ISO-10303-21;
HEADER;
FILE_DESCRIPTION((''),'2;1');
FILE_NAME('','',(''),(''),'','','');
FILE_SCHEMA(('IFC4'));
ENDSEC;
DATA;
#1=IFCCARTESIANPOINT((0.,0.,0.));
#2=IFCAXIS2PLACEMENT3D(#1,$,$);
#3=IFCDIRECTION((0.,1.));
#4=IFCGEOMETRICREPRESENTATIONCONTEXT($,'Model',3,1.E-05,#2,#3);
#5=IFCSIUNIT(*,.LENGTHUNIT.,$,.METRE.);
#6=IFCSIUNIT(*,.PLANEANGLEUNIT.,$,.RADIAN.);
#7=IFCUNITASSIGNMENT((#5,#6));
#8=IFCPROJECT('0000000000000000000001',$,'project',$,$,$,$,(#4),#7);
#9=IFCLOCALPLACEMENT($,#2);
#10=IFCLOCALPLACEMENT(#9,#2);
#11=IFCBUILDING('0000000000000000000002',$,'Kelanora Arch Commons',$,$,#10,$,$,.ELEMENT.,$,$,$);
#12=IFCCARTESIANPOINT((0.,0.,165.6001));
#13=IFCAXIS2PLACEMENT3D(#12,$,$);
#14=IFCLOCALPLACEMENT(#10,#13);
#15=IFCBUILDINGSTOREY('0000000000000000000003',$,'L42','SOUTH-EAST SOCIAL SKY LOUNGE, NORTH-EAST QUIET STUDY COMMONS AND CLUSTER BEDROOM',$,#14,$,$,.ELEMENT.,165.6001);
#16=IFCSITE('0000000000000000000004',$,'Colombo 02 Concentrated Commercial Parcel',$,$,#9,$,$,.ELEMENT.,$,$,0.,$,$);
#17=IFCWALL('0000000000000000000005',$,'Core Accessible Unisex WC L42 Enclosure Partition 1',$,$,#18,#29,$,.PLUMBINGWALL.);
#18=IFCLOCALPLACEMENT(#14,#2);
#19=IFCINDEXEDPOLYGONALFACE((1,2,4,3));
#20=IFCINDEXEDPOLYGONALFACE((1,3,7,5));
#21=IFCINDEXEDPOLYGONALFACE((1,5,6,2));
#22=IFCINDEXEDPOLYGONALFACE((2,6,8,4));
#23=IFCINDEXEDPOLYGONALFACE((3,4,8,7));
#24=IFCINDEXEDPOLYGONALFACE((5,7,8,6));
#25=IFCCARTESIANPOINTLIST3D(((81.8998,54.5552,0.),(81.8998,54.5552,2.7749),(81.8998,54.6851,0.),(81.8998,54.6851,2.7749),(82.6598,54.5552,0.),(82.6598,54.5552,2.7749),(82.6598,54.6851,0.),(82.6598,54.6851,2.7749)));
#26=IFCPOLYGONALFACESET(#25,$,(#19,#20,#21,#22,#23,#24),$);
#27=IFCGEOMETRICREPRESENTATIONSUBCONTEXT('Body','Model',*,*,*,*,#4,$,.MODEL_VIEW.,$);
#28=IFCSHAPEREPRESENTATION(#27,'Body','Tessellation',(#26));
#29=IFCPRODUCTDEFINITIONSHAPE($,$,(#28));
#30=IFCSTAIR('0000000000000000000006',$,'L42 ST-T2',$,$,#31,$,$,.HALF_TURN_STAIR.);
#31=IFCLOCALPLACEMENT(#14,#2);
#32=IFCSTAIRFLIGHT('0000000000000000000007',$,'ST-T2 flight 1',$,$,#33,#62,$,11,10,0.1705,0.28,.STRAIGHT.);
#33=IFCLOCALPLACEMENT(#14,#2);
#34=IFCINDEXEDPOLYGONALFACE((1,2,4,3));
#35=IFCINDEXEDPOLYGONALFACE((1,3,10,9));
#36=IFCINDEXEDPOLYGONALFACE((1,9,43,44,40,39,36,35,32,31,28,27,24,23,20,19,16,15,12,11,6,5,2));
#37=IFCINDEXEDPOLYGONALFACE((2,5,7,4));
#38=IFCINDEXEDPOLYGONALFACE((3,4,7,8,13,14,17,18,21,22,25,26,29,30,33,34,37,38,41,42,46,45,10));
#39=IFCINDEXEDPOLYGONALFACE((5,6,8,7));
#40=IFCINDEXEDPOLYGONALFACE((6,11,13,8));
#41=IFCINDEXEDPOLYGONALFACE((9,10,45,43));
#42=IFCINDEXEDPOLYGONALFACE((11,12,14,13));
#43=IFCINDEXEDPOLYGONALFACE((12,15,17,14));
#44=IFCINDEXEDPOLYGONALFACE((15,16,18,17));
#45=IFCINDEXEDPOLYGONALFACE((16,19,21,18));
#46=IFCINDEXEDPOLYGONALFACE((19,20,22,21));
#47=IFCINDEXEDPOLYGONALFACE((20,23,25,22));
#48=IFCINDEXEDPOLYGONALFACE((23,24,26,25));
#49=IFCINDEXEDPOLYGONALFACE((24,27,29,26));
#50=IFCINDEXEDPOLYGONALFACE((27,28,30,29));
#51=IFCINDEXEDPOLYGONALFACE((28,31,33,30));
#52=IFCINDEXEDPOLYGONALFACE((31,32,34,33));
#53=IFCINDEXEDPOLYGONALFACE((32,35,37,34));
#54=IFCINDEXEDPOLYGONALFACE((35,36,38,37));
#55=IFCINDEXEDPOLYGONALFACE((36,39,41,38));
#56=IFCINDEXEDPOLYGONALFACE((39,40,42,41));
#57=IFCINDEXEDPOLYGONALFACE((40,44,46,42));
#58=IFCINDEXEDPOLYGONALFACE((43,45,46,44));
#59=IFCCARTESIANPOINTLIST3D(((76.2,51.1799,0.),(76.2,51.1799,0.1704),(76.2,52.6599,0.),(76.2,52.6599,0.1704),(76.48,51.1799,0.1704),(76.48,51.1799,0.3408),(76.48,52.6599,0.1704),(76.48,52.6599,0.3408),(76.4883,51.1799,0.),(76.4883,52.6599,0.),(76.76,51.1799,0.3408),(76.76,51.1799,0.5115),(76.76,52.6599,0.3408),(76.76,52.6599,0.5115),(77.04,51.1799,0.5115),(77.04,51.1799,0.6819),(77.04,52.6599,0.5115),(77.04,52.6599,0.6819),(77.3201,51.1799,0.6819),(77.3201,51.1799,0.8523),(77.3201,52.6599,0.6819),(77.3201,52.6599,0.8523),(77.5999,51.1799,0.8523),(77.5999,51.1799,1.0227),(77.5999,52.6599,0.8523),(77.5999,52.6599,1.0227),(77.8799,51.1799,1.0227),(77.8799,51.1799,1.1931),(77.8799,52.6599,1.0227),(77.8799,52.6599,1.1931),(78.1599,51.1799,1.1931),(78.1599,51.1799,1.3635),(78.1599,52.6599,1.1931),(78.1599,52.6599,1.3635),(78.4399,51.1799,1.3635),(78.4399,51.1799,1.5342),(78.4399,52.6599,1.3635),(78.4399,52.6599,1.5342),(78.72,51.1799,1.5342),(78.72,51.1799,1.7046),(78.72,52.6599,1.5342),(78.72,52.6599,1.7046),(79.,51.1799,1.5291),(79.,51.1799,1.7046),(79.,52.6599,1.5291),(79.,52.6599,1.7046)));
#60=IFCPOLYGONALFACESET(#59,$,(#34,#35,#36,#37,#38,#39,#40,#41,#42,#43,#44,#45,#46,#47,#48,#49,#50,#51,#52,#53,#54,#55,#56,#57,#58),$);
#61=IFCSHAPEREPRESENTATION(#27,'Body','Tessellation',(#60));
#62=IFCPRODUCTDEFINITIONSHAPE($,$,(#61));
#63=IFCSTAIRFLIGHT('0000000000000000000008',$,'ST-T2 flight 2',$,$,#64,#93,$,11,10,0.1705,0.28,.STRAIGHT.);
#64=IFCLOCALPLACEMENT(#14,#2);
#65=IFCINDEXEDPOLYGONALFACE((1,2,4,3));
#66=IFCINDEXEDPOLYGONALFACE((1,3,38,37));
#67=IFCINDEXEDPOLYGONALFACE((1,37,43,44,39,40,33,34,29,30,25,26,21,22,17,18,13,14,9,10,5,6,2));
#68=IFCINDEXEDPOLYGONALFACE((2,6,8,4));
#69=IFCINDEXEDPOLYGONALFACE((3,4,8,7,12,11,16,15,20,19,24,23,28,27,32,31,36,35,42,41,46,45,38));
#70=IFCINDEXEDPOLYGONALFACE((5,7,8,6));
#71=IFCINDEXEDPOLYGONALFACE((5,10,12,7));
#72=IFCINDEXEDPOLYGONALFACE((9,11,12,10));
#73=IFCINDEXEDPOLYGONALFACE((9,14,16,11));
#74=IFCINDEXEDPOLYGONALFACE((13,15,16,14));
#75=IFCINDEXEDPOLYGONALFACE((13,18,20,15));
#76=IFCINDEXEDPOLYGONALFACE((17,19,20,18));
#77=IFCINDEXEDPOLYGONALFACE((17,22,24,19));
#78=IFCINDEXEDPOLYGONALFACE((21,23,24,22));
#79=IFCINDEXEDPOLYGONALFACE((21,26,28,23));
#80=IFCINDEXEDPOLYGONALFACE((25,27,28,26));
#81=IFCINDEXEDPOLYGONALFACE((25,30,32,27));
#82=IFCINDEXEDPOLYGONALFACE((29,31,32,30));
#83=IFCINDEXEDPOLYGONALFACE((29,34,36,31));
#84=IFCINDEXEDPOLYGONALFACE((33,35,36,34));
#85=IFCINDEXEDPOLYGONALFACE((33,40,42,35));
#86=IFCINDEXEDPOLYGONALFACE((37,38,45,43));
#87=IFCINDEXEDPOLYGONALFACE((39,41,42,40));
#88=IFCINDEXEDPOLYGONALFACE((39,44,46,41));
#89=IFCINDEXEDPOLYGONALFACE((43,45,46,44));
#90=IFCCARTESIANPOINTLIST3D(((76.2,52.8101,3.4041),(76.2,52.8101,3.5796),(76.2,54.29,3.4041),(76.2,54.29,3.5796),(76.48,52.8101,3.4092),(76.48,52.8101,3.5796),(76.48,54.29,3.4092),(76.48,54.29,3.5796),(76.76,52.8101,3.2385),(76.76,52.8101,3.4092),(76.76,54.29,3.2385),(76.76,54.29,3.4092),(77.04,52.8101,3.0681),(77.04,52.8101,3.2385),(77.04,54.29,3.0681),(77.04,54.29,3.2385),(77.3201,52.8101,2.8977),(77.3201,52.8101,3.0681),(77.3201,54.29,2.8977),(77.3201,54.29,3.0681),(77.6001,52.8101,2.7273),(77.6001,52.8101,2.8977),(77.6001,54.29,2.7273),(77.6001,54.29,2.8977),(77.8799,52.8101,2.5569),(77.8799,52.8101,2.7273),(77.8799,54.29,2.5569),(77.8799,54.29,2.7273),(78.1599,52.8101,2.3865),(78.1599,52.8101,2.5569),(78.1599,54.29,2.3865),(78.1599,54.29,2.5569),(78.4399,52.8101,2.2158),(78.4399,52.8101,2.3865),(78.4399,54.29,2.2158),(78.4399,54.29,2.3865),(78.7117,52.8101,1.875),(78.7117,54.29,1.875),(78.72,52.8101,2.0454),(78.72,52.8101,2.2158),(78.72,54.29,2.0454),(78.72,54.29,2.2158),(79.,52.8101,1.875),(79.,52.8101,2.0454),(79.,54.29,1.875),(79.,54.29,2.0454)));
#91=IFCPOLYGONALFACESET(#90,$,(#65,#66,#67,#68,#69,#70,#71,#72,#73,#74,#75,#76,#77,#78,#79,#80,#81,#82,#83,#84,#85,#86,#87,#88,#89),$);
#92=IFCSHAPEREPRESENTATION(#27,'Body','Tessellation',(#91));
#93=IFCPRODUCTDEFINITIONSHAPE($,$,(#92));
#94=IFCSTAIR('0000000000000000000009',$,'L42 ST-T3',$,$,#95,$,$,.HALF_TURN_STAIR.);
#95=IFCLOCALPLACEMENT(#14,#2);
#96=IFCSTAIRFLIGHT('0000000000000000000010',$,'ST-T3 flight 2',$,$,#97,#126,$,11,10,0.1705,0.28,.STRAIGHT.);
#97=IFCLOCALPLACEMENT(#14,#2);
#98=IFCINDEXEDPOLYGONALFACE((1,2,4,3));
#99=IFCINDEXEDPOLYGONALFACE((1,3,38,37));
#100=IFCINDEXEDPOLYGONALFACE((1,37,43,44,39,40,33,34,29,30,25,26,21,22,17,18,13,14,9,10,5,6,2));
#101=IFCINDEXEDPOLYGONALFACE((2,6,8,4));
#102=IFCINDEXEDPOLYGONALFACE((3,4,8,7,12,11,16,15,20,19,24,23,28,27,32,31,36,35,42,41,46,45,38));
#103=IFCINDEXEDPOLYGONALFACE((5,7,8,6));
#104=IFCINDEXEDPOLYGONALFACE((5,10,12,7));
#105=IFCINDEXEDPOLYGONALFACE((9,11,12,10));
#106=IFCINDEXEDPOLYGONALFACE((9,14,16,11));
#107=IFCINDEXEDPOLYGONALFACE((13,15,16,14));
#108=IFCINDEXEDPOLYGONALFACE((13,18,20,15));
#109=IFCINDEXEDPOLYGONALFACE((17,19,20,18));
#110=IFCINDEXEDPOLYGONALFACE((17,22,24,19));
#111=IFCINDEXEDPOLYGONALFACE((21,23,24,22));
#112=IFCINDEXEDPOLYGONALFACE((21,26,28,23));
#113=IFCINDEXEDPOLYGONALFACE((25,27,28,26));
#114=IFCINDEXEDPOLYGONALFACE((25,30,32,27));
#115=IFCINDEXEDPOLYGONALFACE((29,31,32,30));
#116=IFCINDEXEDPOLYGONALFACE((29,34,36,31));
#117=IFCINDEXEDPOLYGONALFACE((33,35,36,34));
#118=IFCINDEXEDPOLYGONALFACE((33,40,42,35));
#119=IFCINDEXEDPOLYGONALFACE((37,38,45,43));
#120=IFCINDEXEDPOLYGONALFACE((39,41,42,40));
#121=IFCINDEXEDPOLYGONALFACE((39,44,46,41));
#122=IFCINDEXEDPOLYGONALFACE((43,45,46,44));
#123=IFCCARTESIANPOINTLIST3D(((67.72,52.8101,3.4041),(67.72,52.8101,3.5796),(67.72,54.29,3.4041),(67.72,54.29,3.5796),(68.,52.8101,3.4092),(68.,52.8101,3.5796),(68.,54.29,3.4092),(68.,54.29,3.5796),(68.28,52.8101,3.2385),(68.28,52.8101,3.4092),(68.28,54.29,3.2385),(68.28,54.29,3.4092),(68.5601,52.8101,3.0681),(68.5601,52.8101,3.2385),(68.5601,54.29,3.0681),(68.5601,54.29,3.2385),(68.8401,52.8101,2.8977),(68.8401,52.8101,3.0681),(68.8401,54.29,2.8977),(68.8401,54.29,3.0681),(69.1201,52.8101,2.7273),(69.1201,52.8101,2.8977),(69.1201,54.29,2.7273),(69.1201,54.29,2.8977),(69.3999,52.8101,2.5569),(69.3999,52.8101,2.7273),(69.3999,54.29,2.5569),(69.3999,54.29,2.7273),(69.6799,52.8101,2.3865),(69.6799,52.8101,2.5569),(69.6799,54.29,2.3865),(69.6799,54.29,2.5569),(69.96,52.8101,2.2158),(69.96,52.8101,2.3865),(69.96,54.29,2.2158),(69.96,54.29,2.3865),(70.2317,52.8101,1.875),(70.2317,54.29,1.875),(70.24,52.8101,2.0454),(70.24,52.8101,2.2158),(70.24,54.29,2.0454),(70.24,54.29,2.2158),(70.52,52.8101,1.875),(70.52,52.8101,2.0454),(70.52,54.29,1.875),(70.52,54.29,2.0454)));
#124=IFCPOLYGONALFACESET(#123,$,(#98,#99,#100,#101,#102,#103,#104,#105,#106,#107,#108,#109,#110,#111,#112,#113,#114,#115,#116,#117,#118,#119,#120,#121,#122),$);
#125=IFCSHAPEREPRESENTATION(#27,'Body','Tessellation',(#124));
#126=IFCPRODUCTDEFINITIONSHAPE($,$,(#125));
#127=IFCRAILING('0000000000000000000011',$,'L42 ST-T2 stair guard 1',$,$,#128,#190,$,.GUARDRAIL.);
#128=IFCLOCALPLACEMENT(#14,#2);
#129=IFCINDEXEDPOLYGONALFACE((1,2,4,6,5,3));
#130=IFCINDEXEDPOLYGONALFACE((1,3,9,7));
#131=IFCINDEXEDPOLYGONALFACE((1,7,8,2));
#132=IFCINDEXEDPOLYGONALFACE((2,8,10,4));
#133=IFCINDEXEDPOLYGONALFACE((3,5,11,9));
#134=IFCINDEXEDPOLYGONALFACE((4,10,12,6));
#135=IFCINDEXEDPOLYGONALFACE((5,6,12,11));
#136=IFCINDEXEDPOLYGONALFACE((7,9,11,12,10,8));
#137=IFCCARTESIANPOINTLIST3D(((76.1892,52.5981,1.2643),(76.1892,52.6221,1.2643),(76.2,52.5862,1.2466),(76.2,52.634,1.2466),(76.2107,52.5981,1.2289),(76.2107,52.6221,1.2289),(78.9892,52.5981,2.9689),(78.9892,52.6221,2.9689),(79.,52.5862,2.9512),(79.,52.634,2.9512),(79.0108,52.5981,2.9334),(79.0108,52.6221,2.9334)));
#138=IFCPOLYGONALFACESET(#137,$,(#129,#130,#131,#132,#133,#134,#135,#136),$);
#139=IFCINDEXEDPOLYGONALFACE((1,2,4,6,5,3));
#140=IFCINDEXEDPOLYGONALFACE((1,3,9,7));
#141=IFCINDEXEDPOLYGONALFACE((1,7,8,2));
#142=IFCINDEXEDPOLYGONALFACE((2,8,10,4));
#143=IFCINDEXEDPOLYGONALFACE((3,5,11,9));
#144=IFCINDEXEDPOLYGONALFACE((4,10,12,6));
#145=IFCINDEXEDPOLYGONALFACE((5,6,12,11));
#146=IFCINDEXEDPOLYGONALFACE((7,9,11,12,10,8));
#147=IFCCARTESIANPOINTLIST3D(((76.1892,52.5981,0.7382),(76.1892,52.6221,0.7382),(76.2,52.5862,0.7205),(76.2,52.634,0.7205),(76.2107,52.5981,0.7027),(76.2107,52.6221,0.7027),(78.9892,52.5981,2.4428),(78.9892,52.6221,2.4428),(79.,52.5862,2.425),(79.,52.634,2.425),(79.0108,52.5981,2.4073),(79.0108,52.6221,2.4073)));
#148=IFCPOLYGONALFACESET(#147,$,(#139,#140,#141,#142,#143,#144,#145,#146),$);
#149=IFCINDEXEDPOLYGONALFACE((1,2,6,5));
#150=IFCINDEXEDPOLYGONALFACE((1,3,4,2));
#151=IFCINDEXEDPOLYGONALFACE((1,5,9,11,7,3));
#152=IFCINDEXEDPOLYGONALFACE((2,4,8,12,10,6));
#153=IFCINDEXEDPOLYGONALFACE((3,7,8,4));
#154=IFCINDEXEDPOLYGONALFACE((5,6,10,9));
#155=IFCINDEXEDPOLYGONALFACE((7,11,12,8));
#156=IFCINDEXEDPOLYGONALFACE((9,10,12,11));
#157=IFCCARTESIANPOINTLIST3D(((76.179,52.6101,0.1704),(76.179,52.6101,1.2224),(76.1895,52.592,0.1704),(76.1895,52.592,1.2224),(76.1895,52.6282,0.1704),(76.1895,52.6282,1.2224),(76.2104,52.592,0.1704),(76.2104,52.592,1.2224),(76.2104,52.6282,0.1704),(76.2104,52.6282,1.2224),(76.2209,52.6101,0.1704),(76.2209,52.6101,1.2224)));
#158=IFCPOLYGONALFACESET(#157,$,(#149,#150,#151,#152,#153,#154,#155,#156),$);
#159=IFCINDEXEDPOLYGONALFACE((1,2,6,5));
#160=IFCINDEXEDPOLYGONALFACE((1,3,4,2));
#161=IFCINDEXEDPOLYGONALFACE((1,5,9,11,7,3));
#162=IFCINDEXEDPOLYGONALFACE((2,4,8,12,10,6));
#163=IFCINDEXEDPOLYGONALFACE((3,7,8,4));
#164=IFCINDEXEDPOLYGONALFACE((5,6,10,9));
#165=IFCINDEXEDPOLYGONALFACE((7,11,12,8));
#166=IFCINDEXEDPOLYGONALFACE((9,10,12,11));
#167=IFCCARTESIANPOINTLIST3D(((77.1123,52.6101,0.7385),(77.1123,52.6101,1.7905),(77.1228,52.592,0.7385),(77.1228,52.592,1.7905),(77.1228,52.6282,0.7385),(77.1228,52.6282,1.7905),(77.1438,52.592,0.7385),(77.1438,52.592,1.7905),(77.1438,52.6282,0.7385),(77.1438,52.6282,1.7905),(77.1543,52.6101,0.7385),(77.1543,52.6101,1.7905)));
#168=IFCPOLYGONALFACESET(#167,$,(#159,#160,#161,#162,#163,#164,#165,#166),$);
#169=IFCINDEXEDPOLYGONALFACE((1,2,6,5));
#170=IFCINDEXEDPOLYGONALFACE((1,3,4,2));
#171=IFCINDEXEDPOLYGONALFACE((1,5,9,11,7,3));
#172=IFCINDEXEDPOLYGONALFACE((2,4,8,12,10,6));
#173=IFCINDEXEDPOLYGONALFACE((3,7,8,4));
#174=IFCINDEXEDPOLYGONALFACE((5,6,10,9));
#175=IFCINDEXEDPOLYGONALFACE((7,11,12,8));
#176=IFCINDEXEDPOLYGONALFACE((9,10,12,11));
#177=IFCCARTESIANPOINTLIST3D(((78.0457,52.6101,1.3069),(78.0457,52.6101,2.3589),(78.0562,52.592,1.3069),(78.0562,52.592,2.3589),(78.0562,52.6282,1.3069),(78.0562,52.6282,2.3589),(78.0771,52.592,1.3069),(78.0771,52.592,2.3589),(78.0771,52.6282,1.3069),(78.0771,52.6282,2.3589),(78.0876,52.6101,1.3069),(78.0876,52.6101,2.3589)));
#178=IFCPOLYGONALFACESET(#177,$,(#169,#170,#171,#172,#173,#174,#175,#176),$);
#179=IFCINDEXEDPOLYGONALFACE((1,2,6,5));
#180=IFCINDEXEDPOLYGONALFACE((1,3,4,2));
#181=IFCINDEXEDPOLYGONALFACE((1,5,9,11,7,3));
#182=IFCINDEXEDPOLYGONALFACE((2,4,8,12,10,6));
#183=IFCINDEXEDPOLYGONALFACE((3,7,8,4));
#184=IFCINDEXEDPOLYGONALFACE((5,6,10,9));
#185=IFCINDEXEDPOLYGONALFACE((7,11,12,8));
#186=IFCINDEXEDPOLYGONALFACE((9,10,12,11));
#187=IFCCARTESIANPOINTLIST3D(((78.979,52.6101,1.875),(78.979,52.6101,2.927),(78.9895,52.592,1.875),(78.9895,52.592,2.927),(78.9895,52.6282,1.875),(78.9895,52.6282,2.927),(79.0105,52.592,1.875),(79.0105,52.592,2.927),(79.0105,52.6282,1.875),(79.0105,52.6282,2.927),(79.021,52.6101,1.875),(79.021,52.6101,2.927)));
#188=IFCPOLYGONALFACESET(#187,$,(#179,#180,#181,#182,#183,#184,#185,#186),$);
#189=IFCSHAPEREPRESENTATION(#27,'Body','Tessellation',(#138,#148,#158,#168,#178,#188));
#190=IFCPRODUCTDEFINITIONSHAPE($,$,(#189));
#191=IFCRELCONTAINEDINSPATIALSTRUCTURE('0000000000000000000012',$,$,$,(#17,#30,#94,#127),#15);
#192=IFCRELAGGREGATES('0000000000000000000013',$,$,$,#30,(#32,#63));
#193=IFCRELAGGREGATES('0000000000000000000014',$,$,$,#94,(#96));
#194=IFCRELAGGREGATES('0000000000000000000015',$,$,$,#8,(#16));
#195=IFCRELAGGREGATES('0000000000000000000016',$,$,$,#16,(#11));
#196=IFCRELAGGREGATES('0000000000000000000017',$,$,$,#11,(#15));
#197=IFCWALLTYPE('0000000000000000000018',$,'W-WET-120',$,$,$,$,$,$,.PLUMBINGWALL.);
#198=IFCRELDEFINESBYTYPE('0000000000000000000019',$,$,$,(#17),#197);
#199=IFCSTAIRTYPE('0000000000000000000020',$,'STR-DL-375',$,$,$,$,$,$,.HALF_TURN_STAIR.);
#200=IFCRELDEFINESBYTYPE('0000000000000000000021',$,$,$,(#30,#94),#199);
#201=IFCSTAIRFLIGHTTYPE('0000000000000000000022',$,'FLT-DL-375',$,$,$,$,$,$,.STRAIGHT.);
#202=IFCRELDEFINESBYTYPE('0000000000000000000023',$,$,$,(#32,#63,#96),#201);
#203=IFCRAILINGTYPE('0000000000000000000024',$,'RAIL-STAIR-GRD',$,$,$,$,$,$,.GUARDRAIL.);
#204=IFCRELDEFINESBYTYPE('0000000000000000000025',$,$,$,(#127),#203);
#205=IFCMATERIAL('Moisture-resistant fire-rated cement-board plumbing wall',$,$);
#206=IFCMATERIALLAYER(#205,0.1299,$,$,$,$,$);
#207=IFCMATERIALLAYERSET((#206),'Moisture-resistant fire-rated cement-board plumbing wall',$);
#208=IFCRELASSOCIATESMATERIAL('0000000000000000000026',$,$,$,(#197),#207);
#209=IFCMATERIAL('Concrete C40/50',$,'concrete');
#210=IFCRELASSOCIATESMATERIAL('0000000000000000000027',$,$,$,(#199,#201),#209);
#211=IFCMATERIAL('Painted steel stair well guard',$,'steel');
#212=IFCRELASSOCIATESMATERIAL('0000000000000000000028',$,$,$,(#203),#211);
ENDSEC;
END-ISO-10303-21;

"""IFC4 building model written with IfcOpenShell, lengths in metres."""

from ifc_helpers import new_model, si_unit, direction, frame, frame_2d, origin, place, context, subcontext, project, spatial, polyline, rectangle, outline, extrude, material, layer, layer_set, type_object, element, aggregate, save


model = new_model("IFC4")

# Units and contexts
model_context = context("Model", 3, precision=1e-05, world=origin(), true_north=direction((0.0, 1.0)))
body_context = subcontext(model_context, "Body", "Model", "MODEL_VIEW")
ifc_project = project(units=[si_unit("LENGTHUNIT", "METRE"), si_unit("PLANEANGLEUNIT", "RADIAN")], contexts=[model_context])

# Site, building, storey
site_placement = place(None, origin())
site = spatial("IfcSite", under=ifc_project, at=site_placement, Name="Colombo 02 Concentrated Commercial Parcel", CompositionType="ELEMENT", RefElevation=0.0)
building_placement = place(site_placement, origin())
building = spatial("IfcBuilding", under=site, at=building_placement, Name="Kelanora Arch Commons", CompositionType="ELEMENT")
storey_placement = place(building_placement, frame((0.0, 0.0, 165.6001)))
storey = spatial("IfcBuildingStorey", under=building, at=storey_placement, Name="L42", Description="SOUTH-EAST SOCIAL SKY LOUNGE, NORTH-EAST QUIET STUDY COMMONS AND CLUSTER BEDROOM", CompositionType="ELEMENT", Elevation=165.6001)

# Shared definitions
ifc_material_1 = material(Name="Concrete C40/50", Category="concrete")

# Wall
ifc_material_2 = material(Name="Moisture-resistant fire-rated cement-board plumbing wall")
ifc_layer_1 = layer(ifc_material_2, 0.1299)
ifc_layer_set_1 = layer_set([ifc_layer_1], Name="Moisture-resistant fire-rated cement-board plumbing wall")
wall_type_1 = type_object("IfcWallType", Name="W-WET-120", PredefinedType="PLUMBINGWALL", material=ifc_layer_set_1)
wall_1_placement = place(storey_placement, frame((81.8999, 54.6201, 0.0), z_axis=(0.0, 0.0, 1.0), x_axis=(1.0, 0.0, 0.0)))
element("IfcWall", 1, at=wall_1_placement, inside=storey, type_object=wall_type_1, Name="Core Accessible Unisex WC L42 Enclosure Partition 1", PredefinedType="PLUMBINGWALL", context=body_context, shape_type="SweptSolid", body=[
    extrude(rectangle(XDim=0.76, YDim=0.1299, at=frame_2d((0.3799, 0.0))), origin(), (0.0, 0.0, 1.0), 2.7749),
])

# Stair, stair flights
stair_type = type_object("IfcStairType", Name="STR-DL-375", PredefinedType="HALF_TURN_STAIR", material=ifc_material_1)
stair_1_placement = place(storey_placement, origin())
stair_1 = element("IfcStair", 2, at=stair_1_placement, inside=storey, type_object=stair_type, Name="L42 ST-T2", PredefinedType="HALF_TURN_STAIR")
stair_flight_type = type_object("IfcStairFlightType", Name="FLT-DL-375", PredefinedType="STRAIGHT", material=ifc_material_1)
stair_flight_1_placement = place(storey_placement, frame((76.2, 51.9199, 0.0), z_axis=(0.0, 0.0, 1.0), x_axis=(1.0, 0.0, 0.0)))
stair_flight_1 = element("IfcStairFlight", 3, at=stair_flight_1_placement, type_object=stair_flight_type, Name="ST-T2 flight 1", NumberOfRisers=11, NumberOfTreads=10, PredefinedType="STRAIGHT", RiserHeight=0.1705, TreadLength=0.28, context=body_context, shape_type="SweptSolid", body=[
    extrude(outline(polyline([(0.0, 0.0), (0.0, 0.1704), (0.28, 0.1704), (0.28, 0.3408), (0.5601, 0.3408), (0.5601, 0.5115), (0.8401, 0.5115), (0.8401, 0.6819), (1.1201, 0.6819), (1.1201, 0.8523), (1.3999, 0.8523), (1.3999, 1.0227), (1.6799, 1.0227), (1.6799, 1.1931), (1.96, 1.1931), (1.96, 1.3635), (2.24, 1.3635), (2.24, 1.5342), (2.52, 1.5342), (2.52, 1.7046), (2.8, 1.7046), (2.8, 1.875), (2.8, 1.5291), (0.2883, 0.0), (0.0, 0.0)])), frame((0.0, 0.74, 0.0), z_axis=(0.0, -1.0, 0.0), x_axis=(1.0, 0.0, 0.0)), (0.0, 0.0, 1.0), 1.48),
])
stair_flight_2_placement = place(storey_placement, frame((79.0, 53.55, 1.875), z_axis=(0.0, 0.0, 1.0), x_axis=(-1.0, 0.0, 0.0)))
stair_flight_2 = element("IfcStairFlight", 4, at=stair_flight_2_placement, type_object=stair_flight_type, Name="ST-T2 flight 2", NumberOfRisers=11, NumberOfTreads=10, PredefinedType="STRAIGHT", RiserHeight=0.1705, TreadLength=0.28, context=body_context, shape_type="SweptSolid", body=[
    extrude(outline(polyline([(0.0, 0.0), (0.0, 0.1704), (0.28, 0.1704), (0.28, 0.3408), (0.5601, 0.3408), (0.5601, 0.5115), (0.8401, 0.5115), (0.8401, 0.6819), (1.1201, 0.6819), (1.1201, 0.8523), (1.3999, 0.8523), (1.3999, 1.0227), (1.6799, 1.0227), (1.6799, 1.1931), (1.96, 1.1931), (1.96, 1.3635), (2.24, 1.3635), (2.24, 1.5342), (2.52, 1.5342), (2.52, 1.7046), (2.8, 1.7046), (2.8, 1.875), (2.8, 1.5291), (0.2883, 0.0), (0.0, 0.0)])), frame((0.0, 0.74, 0.0), z_axis=(0.0, -1.0, 0.0), x_axis=(1.0, 0.0, 0.0)), (0.0, 0.0, 1.0), 1.48),
])
aggregate(stair_1, [stair_flight_1, stair_flight_2])

# Stair, stair flight
stair_2_placement = place(storey_placement, origin())
stair_2 = element("IfcStair", 5, at=stair_2_placement, inside=storey, type_object=stair_type, Name="L42 ST-T3", PredefinedType="HALF_TURN_STAIR")
stair_flight_3_placement = place(storey_placement, frame((70.52, 53.55, 1.875), z_axis=(0.0, 0.0, 1.0), x_axis=(-1.0, 0.0, 0.0)))
stair_flight_3 = element("IfcStairFlight", 6, at=stair_flight_3_placement, type_object=stair_flight_type, Name="ST-T3 flight 2", NumberOfRisers=11, NumberOfTreads=10, PredefinedType="STRAIGHT", RiserHeight=0.1705, TreadLength=0.28, context=body_context, shape_type="SweptSolid", body=[
    extrude(outline(polyline([(0.0, 0.0), (0.0, 0.1704), (0.28, 0.1704), (0.28, 0.3408), (0.5601, 0.3408), (0.5601, 0.5115), (0.8401, 0.5115), (0.8401, 0.6819), (1.1201, 0.6819), (1.1201, 0.8523), (1.3999, 0.8523), (1.3999, 1.0227), (1.6799, 1.0227), (1.6799, 1.1931), (1.96, 1.1931), (1.96, 1.3635), (2.24, 1.3635), (2.24, 1.5342), (2.52, 1.5342), (2.52, 1.7046), (2.8, 1.7046), (2.8, 1.875), (2.8, 1.5291), (0.2883, 0.0), (0.0, 0.0)])), frame((0.0, 0.74, 0.0), z_axis=(0.0, -1.0, 0.0), x_axis=(1.0, 0.0, 0.0)), (0.0, 0.0, 1.0), 1.48),
])
aggregate(stair_2, [stair_flight_3])

# Railing
ifc_material_3 = material(Name="Painted steel stair well guard", Category="steel")
railing_type_1 = type_object("IfcRailingType", Name="RAIL-STAIR-GRD", PredefinedType="GUARDRAIL", material=ifc_material_3)
railing_1_placement = place(storey_placement, frame((76.2, 52.6101, 0.1704)))
element("IfcRailing", 7, at=railing_1_placement, inside=storey, type_object=railing_type_1, Name="L42 ST-T2 stair guard 1", PredefinedType="GUARDRAIL", context=body_context, shape_type="SweptSolid", body=[
    extrude(outline(polyline([(0.0239, 0.0), (0.012, 0.0208), (-0.012, 0.0208), (-0.0239, 0.0), (-0.012, -0.0208), (0.012, -0.0208), (0.0239, 0.0)])), frame((0.0, 0.0, 1.0762), z_axis=(0.85417, 0.0, 0.519994), x_axis=(0.0, 1.0, 0.0)), (0.0, 0.0, 1.0), 3.2781),
    extrude(outline(polyline([(0.0239, 0.0), (0.012, 0.0208), (-0.012, 0.0208), (-0.0239, 0.0), (-0.012, -0.0208), (0.012, -0.0208), (0.0239, 0.0)])), frame((0.0, 0.0, 0.55), z_axis=(0.85417, 0.0, 0.519994), x_axis=(0.0, 1.0, 0.0)), (0.0, 0.0, 1.0), 3.2781),
    extrude(outline(polyline([(0.021, 0.0), (0.0105, 0.0181), (-0.0105, 0.0181), (-0.021, 0.0), (-0.0105, -0.0181), (0.0105, -0.0181), (0.021, 0.0)])), origin(), (0.0, 0.0, 1.0), 1.052),
    extrude(outline(polyline([(0.021, 0.0), (0.0105, 0.0181), (-0.0105, 0.0181), (-0.021, 0.0), (-0.0105, -0.0181), (0.0105, -0.0181), (0.021, 0.0)])), frame((0.9333, 0.0, 0.5681)), (0.0, 0.0, 1.0), 1.052),
    extrude(outline(polyline([(0.021, 0.0), (0.0105, 0.0181), (-0.0105, 0.0181), (-0.021, 0.0), (-0.0105, -0.0181), (0.0105, -0.0181), (0.021, 0.0)])), frame((1.8667, 0.0, 1.1365)), (0.0, 0.0, 1.0), 1.052),
    extrude(outline(polyline([(0.021, 0.0), (0.0105, 0.0181), (-0.0105, 0.0181), (-0.021, 0.0), (-0.0105, -0.0181), (0.0105, -0.0181), (0.021, 0.0)])), frame((2.8, 0.0, 1.7046)), (0.0, 0.0, 1.0), 1.052),
])

save(model, "model.ifc")
